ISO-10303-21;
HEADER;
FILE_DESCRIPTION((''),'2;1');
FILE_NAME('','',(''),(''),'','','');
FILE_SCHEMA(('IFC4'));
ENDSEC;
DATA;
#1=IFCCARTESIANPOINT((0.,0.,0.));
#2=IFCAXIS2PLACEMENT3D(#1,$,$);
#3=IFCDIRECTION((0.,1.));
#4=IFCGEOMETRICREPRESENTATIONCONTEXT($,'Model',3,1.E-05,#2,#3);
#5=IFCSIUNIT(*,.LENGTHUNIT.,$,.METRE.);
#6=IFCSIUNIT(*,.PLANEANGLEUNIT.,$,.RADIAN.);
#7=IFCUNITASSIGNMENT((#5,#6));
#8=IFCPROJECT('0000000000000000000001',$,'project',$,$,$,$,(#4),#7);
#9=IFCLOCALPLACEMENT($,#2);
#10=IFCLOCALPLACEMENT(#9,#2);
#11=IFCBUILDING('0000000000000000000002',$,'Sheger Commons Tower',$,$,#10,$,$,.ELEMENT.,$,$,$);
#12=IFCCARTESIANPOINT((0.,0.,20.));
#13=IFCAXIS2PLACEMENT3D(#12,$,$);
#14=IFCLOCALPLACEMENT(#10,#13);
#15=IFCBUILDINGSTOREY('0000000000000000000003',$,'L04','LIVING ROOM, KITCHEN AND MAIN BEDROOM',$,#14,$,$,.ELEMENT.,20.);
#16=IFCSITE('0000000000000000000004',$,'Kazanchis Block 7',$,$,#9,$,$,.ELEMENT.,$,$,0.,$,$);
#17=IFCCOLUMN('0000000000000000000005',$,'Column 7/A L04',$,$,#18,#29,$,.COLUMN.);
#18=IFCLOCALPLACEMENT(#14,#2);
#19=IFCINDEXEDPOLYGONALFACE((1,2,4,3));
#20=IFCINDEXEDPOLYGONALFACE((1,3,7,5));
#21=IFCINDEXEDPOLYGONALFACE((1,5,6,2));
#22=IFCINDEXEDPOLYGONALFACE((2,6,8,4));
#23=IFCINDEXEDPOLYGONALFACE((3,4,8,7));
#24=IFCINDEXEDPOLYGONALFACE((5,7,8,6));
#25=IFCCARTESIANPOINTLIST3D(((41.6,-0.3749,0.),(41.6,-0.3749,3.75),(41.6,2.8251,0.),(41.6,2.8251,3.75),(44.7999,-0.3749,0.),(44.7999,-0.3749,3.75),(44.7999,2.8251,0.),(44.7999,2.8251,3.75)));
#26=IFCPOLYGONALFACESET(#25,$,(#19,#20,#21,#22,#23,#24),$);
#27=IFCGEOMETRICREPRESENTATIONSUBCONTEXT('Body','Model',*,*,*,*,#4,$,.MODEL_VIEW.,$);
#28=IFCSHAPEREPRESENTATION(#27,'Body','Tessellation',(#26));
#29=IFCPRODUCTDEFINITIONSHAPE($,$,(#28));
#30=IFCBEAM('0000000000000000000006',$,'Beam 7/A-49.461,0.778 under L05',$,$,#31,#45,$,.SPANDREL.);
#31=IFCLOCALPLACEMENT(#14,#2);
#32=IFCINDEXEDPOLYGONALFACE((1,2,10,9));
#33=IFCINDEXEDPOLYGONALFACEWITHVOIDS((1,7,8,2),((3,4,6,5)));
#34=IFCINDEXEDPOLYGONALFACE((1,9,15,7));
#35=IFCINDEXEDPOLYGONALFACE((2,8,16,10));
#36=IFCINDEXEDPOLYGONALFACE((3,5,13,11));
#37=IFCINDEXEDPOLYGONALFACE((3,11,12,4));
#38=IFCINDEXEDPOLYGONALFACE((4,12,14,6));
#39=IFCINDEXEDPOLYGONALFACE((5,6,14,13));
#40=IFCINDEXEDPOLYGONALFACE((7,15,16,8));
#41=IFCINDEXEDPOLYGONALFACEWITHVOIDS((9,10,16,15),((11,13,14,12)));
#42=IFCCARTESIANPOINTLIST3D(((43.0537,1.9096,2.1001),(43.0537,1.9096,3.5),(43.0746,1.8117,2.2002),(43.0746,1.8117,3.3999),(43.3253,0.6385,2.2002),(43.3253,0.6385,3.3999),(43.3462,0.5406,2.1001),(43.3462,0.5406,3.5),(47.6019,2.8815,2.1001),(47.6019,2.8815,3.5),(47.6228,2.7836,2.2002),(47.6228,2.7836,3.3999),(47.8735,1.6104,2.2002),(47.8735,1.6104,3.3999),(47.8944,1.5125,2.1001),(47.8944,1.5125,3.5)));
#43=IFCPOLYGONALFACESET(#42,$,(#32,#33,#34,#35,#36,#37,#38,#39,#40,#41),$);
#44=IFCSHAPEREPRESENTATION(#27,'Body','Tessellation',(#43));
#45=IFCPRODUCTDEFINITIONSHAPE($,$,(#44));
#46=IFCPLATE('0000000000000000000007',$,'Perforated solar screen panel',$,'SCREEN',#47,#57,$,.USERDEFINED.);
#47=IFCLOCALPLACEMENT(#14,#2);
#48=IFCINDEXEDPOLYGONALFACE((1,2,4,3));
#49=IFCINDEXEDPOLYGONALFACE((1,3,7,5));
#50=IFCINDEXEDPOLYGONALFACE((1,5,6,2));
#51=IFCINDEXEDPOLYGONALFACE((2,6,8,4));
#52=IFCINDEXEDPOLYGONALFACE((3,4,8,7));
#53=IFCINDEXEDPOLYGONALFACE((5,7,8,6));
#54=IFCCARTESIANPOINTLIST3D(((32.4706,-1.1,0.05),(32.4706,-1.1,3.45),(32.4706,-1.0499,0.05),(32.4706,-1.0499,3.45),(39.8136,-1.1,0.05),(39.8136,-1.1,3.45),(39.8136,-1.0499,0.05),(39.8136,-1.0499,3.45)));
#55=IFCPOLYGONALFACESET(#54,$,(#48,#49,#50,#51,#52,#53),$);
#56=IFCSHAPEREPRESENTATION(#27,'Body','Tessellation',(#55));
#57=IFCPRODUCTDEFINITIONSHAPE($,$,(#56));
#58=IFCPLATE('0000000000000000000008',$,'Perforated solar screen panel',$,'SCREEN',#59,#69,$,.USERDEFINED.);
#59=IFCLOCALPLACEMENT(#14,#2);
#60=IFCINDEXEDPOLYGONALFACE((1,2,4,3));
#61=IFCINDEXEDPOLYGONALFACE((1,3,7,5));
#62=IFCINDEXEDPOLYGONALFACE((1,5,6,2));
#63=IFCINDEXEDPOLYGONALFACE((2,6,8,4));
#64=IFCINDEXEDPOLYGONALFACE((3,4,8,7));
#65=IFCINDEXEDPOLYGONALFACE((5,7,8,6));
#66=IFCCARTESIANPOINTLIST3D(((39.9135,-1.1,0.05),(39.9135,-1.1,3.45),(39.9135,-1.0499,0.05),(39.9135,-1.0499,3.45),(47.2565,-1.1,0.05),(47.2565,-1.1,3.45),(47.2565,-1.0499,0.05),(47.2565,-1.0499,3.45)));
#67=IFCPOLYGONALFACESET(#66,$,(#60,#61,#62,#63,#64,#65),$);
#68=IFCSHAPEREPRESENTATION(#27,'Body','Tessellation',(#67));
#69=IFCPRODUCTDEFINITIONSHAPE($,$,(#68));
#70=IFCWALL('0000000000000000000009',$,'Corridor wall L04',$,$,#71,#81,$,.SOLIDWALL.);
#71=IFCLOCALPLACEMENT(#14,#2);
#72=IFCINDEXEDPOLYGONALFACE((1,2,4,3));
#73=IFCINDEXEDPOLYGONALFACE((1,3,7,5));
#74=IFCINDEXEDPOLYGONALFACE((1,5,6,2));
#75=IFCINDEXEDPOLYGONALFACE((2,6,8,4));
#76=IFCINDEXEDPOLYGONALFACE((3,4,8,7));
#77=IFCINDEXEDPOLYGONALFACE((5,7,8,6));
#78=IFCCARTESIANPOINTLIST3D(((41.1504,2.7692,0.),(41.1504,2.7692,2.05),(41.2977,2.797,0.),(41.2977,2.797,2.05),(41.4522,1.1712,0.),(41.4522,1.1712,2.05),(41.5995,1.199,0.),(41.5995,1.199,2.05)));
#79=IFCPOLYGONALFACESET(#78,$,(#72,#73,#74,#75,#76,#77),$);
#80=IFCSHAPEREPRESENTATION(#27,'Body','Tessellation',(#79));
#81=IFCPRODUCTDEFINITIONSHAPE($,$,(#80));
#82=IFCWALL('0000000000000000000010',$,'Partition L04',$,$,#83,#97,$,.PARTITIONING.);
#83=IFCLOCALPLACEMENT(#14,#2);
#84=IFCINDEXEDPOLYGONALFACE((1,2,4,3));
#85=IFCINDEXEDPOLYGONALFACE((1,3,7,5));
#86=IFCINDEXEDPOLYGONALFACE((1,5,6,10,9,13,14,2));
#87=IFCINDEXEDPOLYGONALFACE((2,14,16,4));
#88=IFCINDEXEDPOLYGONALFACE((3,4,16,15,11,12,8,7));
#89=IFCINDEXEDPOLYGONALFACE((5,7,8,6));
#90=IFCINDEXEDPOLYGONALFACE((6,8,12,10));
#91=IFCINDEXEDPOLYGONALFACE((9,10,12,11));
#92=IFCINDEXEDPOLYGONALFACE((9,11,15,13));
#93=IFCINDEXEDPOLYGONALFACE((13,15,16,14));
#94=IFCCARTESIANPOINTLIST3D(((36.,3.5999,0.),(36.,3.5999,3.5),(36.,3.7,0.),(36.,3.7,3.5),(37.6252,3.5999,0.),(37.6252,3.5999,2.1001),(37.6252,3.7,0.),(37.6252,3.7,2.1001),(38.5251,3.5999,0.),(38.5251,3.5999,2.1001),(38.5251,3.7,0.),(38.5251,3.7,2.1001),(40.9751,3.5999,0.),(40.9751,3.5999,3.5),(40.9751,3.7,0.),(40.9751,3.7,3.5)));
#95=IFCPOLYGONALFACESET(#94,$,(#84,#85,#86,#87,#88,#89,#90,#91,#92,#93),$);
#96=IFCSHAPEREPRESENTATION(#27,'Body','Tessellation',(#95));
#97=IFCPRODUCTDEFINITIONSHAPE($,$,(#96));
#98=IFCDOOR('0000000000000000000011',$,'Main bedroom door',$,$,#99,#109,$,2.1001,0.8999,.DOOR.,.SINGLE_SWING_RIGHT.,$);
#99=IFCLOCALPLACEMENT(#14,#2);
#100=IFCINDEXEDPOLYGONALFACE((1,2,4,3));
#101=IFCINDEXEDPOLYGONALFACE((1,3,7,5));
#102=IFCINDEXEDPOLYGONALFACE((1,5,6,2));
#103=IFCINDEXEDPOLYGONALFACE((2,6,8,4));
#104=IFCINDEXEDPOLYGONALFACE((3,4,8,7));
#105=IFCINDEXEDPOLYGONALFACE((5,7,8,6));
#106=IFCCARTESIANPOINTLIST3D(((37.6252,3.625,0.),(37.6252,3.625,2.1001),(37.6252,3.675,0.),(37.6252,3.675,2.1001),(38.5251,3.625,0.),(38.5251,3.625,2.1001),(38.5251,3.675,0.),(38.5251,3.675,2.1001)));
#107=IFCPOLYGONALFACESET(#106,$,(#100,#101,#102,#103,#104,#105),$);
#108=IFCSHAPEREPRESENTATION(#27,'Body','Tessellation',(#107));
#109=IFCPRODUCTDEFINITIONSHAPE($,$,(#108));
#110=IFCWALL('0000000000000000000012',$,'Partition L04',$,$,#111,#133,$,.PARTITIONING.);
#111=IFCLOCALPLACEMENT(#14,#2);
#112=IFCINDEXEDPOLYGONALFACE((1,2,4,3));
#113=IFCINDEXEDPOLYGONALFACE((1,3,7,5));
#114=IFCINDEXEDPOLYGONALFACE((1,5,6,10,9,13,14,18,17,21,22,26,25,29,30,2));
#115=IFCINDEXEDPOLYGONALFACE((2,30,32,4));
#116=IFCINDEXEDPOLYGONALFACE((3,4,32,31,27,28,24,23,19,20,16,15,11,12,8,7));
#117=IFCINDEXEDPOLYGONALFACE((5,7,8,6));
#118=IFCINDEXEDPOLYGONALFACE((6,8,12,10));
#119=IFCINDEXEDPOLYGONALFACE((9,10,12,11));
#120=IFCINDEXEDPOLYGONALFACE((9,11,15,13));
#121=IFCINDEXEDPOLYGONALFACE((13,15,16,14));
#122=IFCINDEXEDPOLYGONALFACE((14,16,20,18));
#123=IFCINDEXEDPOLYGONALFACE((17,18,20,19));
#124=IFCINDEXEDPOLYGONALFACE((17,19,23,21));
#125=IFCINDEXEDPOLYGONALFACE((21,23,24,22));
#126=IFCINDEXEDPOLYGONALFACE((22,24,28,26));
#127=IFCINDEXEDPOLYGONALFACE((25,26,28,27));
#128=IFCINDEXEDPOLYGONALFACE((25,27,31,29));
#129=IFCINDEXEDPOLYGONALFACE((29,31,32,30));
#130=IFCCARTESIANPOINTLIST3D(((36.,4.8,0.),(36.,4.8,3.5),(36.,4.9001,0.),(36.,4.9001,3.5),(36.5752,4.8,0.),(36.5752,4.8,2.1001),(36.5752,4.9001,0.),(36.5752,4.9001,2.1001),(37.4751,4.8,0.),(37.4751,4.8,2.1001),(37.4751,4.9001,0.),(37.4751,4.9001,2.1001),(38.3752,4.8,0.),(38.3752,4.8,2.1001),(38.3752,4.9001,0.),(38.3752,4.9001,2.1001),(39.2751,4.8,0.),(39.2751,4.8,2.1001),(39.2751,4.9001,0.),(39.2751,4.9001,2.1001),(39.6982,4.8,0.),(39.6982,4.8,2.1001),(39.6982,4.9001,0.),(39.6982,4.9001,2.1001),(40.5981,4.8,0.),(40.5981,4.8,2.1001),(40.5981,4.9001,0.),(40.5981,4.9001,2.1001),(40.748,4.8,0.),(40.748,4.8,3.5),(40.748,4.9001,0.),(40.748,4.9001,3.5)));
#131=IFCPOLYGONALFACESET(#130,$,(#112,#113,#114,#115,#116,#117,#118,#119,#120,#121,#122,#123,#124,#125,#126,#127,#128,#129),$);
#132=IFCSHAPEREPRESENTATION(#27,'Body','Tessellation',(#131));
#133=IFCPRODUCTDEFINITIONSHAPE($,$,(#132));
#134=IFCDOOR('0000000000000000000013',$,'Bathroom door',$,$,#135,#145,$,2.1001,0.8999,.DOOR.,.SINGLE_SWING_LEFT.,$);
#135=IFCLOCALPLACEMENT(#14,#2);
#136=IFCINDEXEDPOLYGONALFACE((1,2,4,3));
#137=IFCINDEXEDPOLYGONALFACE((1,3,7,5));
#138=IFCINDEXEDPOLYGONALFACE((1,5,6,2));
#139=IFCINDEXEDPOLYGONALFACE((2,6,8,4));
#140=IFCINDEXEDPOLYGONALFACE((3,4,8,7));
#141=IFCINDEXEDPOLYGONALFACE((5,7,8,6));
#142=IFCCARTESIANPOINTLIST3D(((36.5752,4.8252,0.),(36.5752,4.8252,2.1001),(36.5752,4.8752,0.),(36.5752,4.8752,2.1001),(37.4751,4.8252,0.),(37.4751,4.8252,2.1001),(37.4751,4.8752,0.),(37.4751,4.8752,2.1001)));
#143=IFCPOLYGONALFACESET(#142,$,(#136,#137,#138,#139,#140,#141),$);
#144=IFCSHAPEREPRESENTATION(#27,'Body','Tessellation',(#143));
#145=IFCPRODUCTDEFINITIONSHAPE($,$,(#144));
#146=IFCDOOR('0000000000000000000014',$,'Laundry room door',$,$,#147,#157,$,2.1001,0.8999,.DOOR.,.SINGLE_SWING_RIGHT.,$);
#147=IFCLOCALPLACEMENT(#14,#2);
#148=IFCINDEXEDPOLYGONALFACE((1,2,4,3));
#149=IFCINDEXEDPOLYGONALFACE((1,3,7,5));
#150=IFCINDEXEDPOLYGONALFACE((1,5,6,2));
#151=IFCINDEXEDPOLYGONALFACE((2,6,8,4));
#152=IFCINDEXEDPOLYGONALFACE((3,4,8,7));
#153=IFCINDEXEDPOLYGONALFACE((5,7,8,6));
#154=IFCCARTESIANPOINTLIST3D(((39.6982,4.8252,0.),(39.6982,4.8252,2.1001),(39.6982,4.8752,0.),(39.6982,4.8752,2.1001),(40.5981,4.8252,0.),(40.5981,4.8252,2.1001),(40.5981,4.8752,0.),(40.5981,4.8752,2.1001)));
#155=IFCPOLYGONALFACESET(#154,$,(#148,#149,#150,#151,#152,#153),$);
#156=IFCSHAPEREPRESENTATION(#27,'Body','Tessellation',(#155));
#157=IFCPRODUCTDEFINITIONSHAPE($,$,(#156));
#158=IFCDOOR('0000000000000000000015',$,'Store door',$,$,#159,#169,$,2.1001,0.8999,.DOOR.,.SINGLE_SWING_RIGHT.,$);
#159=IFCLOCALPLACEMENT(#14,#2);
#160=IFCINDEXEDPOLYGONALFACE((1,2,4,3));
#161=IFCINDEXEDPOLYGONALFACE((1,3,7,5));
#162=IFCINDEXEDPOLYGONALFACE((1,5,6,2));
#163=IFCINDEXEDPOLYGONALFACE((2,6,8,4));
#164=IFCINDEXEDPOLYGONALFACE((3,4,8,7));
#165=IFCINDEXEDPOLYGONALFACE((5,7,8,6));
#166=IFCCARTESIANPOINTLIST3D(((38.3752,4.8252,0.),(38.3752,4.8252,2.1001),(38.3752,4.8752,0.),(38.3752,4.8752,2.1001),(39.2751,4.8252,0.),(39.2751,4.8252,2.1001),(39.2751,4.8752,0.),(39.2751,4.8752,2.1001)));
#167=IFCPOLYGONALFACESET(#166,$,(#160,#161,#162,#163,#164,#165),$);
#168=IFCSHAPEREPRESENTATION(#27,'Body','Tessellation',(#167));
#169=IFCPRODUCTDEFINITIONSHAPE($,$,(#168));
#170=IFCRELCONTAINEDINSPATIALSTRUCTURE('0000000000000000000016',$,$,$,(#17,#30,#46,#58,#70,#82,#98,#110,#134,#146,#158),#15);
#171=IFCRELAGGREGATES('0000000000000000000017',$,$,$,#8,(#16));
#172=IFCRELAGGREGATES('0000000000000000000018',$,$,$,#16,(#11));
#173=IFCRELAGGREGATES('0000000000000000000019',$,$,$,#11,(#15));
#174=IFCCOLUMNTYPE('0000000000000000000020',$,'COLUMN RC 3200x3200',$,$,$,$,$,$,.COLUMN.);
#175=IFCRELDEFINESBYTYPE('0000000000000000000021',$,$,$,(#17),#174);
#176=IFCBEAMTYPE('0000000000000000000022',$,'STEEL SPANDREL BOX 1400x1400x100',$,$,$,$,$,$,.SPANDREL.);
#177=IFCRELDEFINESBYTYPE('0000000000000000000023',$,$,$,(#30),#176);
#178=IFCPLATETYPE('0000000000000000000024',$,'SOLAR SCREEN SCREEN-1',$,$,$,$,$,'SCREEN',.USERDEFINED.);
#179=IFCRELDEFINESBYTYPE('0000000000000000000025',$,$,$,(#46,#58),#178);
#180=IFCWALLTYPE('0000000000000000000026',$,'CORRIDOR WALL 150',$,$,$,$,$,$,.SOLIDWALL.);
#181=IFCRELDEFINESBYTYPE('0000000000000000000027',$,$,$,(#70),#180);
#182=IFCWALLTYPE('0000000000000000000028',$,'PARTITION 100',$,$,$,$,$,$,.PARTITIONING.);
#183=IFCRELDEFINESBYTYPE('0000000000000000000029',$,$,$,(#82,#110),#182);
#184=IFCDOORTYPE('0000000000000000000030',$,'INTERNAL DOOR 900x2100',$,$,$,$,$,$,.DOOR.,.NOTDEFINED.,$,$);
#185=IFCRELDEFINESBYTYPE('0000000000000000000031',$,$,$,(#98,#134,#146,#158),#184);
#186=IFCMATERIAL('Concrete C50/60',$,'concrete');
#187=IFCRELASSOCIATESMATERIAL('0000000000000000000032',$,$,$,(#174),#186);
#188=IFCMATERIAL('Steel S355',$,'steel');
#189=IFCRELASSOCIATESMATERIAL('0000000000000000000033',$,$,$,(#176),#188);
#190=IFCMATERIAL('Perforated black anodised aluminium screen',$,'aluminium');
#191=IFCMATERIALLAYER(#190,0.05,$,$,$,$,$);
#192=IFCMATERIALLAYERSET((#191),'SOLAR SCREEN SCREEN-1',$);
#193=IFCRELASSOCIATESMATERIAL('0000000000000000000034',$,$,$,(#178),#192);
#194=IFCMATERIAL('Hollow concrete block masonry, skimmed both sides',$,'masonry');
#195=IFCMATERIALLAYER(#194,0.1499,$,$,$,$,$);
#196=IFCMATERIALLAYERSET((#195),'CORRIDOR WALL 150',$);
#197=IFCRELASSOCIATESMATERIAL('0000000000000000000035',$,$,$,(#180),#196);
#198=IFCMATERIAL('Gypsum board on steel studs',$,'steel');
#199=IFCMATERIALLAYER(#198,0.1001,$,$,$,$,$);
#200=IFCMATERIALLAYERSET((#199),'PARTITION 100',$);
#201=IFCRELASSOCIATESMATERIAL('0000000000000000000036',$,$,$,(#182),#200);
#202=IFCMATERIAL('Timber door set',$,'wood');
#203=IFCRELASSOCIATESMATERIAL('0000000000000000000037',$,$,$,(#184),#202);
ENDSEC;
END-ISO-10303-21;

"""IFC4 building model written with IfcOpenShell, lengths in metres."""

from ifc_helpers import new_model, si_unit, direction, frame, frame_2d, origin, origin_2d, place, context, subcontext, project, spatial, rectangle, hollow_rectangle, extrude, material, layer, layer_set, material_profile, profile_set, type_object, element, fill, save


model = new_model("IFC4")

# Units and contexts
model_context = context("Model", 3, precision=1e-05, world=origin(), true_north=direction((0.0, 1.0)))
body_context = subcontext(model_context, "Body", "Model", "MODEL_VIEW")
ifc_project = project(units=[si_unit("LENGTHUNIT", "METRE"), si_unit("PLANEANGLEUNIT", "RADIAN")], contexts=[model_context])

# Site, building, storey
site_placement = place(None, origin())
site = spatial("IfcSite", under=ifc_project, at=site_placement, Name="Kazanchis Block 7", CompositionType="ELEMENT", RefElevation=0.0)
building_placement = place(site_placement, origin())
building = spatial("IfcBuilding", under=site, at=building_placement, Name="Sheger Commons Tower", CompositionType="ELEMENT")
storey_placement = place(building_placement, frame((0.0, 0.0, 20.0)))
storey = spatial("IfcBuildingStorey", under=building, at=storey_placement, Name="L04", Description="LIVING ROOM, KITCHEN AND MAIN BEDROOM", CompositionType="ELEMENT", Elevation=20.0)

# Column
ifc_material_1 = material(Name="Concrete C50/60", Category="concrete")
ifc_material_profile_1 = material_profile(ifc_material_1, rectangle(XDim=3.2, YDim=3.2, at=origin_2d()), Name="RC 3200x3200")
ifc_profile_set_1 = profile_set([ifc_material_profile_1], Name="Concrete C50/60")
column_type = type_object("IfcColumnType", Name="COLUMN RC 3200x3200", PredefinedType="COLUMN", material=ifc_profile_set_1)
column_placement = place(storey_placement, frame((43.2, 1.2251, 0.0), z_axis=(0.0, 0.0, 1.0), x_axis=(1.0, 0.0, 0.0)))
element("IfcColumn", 1, at=column_placement, inside=storey, type_object=column_type, Name="Column 7/A L04", PredefinedType="COLUMN", context=body_context, shape_type="SweptSolid", body=[
    extrude(rectangle(XDim=3.2, YDim=3.2, at=origin_2d()), origin(), (0.0, 0.0, 1.0), 3.75),
])

# Beam
ifc_material_2 = material(Name="Steel S355", Category="steel")
ifc_material_profile_2 = material_profile(ifc_material_2, hollow_rectangle(XDim=1.3999, YDim=1.3999, WallThickness=0.1001, at=origin_2d()), Name="BOX 1400x1400x100")
ifc_profile_set_2 = profile_set([ifc_material_profile_2], Name="Steel S355")
beam_type = type_object("IfcBeamType", Name="STEEL SPANDREL BOX 1400x1400x100", PredefinedType="SPANDREL", material=ifc_profile_set_2)
beam_placement = place(storey_placement, frame((43.2, 1.2251, 2.8), z_axis=(0.97792, 0.208981, 0.0), x_axis=(-0.208981, 0.97792, 0.0)))
element("IfcBeam", 2, at=beam_placement, inside=storey, type_object=beam_type, Name="Beam 7/A-49.461,0.778 under L05", PredefinedType="SPANDREL", context=body_context, shape_type="SweptSolid", body=[
    extrude(hollow_rectangle(XDim=1.3999, YDim=1.3999, WallThickness=0.1001, at=origin_2d()), origin(), (0.0, 0.0, 1.0), 4.6509),
])

# Plates
ifc_material_3 = material(Name="Perforated black anodised aluminium screen", Category="aluminium")
ifc_layer_1 = layer(ifc_material_3, 0.05)
ifc_layer_set_1 = layer_set([ifc_layer_1], Name="SOLAR SCREEN SCREEN-1")
plate_type = type_object("IfcPlateType", Name="SOLAR SCREEN SCREEN-1", ElementType="SCREEN", PredefinedType="USERDEFINED", material=ifc_layer_set_1)
for number, where, z_axis, x_axis, name in (
    (3, (36.1421, -1.075, 0.05), (0.0, 0.0, 1.0), (1.0, 0.0, 0.0), "Perforated solar screen panel"),
    (4, (43.585, -1.075, 0.05), (0.0, 0.0, 1.0), (1.0, 0.0, 0.0), "Perforated solar screen panel"),
):
    element("IfcPlate", number, at=place(storey_placement, frame(where, z_axis=z_axis, x_axis=x_axis)), inside=storey, type_object=plate_type, Name=name, ObjectType="SCREEN", PredefinedType="USERDEFINED", context=body_context, shape_type="SweptSolid", body=[
        extrude(rectangle(XDim=7.343, YDim=0.05, at=origin_2d()), origin(), (0.0, 0.0, 1.0), 3.3999),
    ])

# Wall
ifc_material_4 = material(Name="Hollow concrete block masonry, skimmed both sides", Category="masonry")
ifc_layer_2 = layer(ifc_material_4, 0.1499)
ifc_layer_set_2 = layer_set([ifc_layer_2], Name="CORRIDOR WALL 150")
wall_type_1 = type_object("IfcWallType", Name="CORRIDOR WALL 150", PredefinedType="SOLIDWALL", material=ifc_layer_set_2)
wall_1_placement = place(storey_placement, frame((41.2241, 2.783, 0.0), z_axis=(0.0, 0.0, 1.0), x_axis=(0.185567, -0.982632, 0.0)))
element("IfcWall", 5, at=wall_1_placement, inside=storey, type_object=wall_type_1, Name="Corridor wall L04", PredefinedType="SOLIDWALL", context=body_context, shape_type="SweptSolid", body=[
    extrude(rectangle(XDim=1.6262, YDim=0.1499, at=frame_2d((0.813, 0.0))), origin(), (0.0, 0.0, 1.0), 2.05),
])

# Wall, opening, door
ifc_material_5 = material(Name="Gypsum board on steel studs", Category="steel")
ifc_layer_3 = layer(ifc_material_5, 0.1001)
ifc_layer_set_3 = layer_set([ifc_layer_3], Name="PARTITION 100")
wall_type_2 = type_object("IfcWallType", Name="PARTITION 100", PredefinedType="PARTITIONING", material=ifc_layer_set_3)
wall_2_placement = place(storey_placement, frame((40.9751, 3.6499, 0.0), z_axis=(0.0, 0.0, 1.0), x_axis=(-1.0, 0.0, 0.0)))
wall_2 = element("IfcWall", 6, at=wall_2_placement, inside=storey, type_object=wall_type_2, Name="Partition L04", PredefinedType="PARTITIONING", context=body_context, shape_type="SweptSolid", body=[
    extrude(rectangle(XDim=4.9751, YDim=0.1001, at=frame_2d((2.4875, 0.0))), origin(), (0.0, 0.0, 1.0), 3.5),
])
opening_1_placement = place(wall_2_placement, frame((2.45, 0.0, 0.0)))
opening_1 = element("IfcOpeningElement", 7, at=opening_1_placement, cuts=wall_2, PredefinedType="OPENING", context=body_context, shape_type="SweptSolid", body=[
    extrude(rectangle(XDim=0.8999, YDim=2.1001, at=frame_2d((0.45, 1.05))), frame((0.0, 0.0601, 0.0), z_axis=(0.0, -1.0, 0.0), x_axis=(1.0, 0.0, 0.0)), (0.0, 0.0, 1.0), 0.1201),
])
ifc_material_6 = material(Name="Timber door set", Category="wood")
door_type = type_object("IfcDoorType", Name="INTERNAL DOOR 900x2100", OperationType="NOTDEFINED", PredefinedType="DOOR", material=ifc_material_6)
door_1_placement = place(opening_1_placement, origin())
door_1 = element("IfcDoor", 8, at=door_1_placement, inside=storey, type_object=door_type, Name="Main bedroom door", OperationType="SINGLE_SWING_RIGHT", OverallHeight=2.1001, OverallWidth=0.8999, PredefinedType="DOOR", context=body_context, shape_type="SweptSolid", body=[
    extrude(rectangle(XDim=0.8999, YDim=2.1001, at=frame_2d((0.45, 1.05))), frame((0.0, 0.0249, 0.0), z_axis=(0.0, -1.0, 0.0), x_axis=(1.0, 0.0, 0.0)), (0.0, 0.0, 1.0), 0.05),
])
fill(opening_1, door_1)

# Wall, openings, doors
wall_3_placement = place(storey_placement, frame((40.748, 4.8501, 0.0), z_axis=(0.0, 0.0, 1.0), x_axis=(-1.0, 0.0, 0.0)))
wall_3 = element("IfcWall", 9, at=wall_3_placement, inside=storey, type_object=wall_type_2, Name="Partition L04", PredefinedType="PARTITIONING", context=body_context, shape_type="SweptSolid", body=[
    extrude(rectangle(XDim=4.748, YDim=0.1001, at=frame_2d((2.374, 0.0))), origin(), (0.0, 0.0, 1.0), 3.5),
])
opening_2_placement = place(wall_3_placement, frame((3.2729, 0.0, 0.0)))
opening_2 = element("IfcOpeningElement", 10, at=opening_2_placement, cuts=wall_3, PredefinedType="OPENING", context=body_context, shape_type="SweptSolid", body=[
    extrude(rectangle(XDim=0.8999, YDim=2.1001, at=frame_2d((0.45, 1.05))), frame((0.0, 0.0601, 0.0), z_axis=(0.0, -1.0, 0.0), x_axis=(1.0, 0.0, 0.0)), (0.0, 0.0, 1.0), 0.1201),
])
opening_3_placement = place(wall_3_placement, frame((0.1499, 0.0, 0.0)))
opening_3 = element("IfcOpeningElement", 11, at=opening_3_placement, cuts=wall_3, PredefinedType="OPENING", context=body_context, shape_type="SweptSolid", body=[
    extrude(rectangle(XDim=0.8999, YDim=2.1001, at=frame_2d((0.45, 1.05))), frame((0.0, 0.0601, 0.0), z_axis=(0.0, -1.0, 0.0), x_axis=(1.0, 0.0, 0.0)), (0.0, 0.0, 1.0), 0.1201),
])
opening_4_placement = place(wall_3_placement, frame((1.4729, 0.0, 0.0)))
opening_4 = element("IfcOpeningElement", 12, at=opening_4_placement, cuts=wall_3, PredefinedType="OPENING", context=body_context, shape_type="SweptSolid", body=[
    extrude(rectangle(XDim=0.8999, YDim=2.1001, at=frame_2d((0.45, 1.05))), frame((0.0, 0.0601, 0.0), z_axis=(0.0, -1.0, 0.0), x_axis=(1.0, 0.0, 0.0)), (0.0, 0.0, 1.0), 0.1201),
])
door_2_placement = place(opening_2_placement, origin())
door_2 = element("IfcDoor", 13, at=door_2_placement, inside=storey, type_object=door_type, Name="Bathroom door", OperationType="SINGLE_SWING_LEFT", OverallHeight=2.1001, OverallWidth=0.8999, PredefinedType="DOOR", context=body_context, shape_type="SweptSolid", body=[
    extrude(rectangle(XDim=0.8999, YDim=2.1001, at=frame_2d((0.45, 1.05))), frame((0.0, 0.0249, 0.0), z_axis=(0.0, -1.0, 0.0), x_axis=(1.0, 0.0, 0.0)), (0.0, 0.0, 1.0), 0.05),
])
fill(opening_2, door_2)
door_3_placement = place(opening_3_placement, origin())
door_3 = element("IfcDoor", 14, at=door_3_placement, inside=storey, type_object=door_type, Name="Laundry room door", OperationType="SINGLE_SWING_RIGHT", OverallHeight=2.1001, OverallWidth=0.8999, PredefinedType="DOOR", context=body_context, shape_type="SweptSolid", body=[
    extrude(rectangle(XDim=0.8999, YDim=2.1001, at=frame_2d((0.45, 1.05))), frame((0.0, 0.0249, 0.0), z_axis=(0.0, -1.0, 0.0), x_axis=(1.0, 0.0, 0.0)), (0.0, 0.0, 1.0), 0.05),
])
fill(opening_3, door_3)
door_4_placement = place(opening_4_placement, origin())
door_4 = element("IfcDoor", 15, at=door_4_placement, inside=storey, type_object=door_type, Name="Store door", OperationType="SINGLE_SWING_RIGHT", OverallHeight=2.1001, OverallWidth=0.8999, PredefinedType="DOOR", context=body_context, shape_type="SweptSolid", body=[
    extrude(rectangle(XDim=0.8999, YDim=2.1001, at=frame_2d((0.45, 1.05))), frame((0.0, 0.0249, 0.0), z_axis=(0.0, -1.0, 0.0), x_axis=(1.0, 0.0, 0.0)), (0.0, 0.0, 1.0), 0.05),
])
fill(opening_4, door_4)

save(model, "model.ifc")
